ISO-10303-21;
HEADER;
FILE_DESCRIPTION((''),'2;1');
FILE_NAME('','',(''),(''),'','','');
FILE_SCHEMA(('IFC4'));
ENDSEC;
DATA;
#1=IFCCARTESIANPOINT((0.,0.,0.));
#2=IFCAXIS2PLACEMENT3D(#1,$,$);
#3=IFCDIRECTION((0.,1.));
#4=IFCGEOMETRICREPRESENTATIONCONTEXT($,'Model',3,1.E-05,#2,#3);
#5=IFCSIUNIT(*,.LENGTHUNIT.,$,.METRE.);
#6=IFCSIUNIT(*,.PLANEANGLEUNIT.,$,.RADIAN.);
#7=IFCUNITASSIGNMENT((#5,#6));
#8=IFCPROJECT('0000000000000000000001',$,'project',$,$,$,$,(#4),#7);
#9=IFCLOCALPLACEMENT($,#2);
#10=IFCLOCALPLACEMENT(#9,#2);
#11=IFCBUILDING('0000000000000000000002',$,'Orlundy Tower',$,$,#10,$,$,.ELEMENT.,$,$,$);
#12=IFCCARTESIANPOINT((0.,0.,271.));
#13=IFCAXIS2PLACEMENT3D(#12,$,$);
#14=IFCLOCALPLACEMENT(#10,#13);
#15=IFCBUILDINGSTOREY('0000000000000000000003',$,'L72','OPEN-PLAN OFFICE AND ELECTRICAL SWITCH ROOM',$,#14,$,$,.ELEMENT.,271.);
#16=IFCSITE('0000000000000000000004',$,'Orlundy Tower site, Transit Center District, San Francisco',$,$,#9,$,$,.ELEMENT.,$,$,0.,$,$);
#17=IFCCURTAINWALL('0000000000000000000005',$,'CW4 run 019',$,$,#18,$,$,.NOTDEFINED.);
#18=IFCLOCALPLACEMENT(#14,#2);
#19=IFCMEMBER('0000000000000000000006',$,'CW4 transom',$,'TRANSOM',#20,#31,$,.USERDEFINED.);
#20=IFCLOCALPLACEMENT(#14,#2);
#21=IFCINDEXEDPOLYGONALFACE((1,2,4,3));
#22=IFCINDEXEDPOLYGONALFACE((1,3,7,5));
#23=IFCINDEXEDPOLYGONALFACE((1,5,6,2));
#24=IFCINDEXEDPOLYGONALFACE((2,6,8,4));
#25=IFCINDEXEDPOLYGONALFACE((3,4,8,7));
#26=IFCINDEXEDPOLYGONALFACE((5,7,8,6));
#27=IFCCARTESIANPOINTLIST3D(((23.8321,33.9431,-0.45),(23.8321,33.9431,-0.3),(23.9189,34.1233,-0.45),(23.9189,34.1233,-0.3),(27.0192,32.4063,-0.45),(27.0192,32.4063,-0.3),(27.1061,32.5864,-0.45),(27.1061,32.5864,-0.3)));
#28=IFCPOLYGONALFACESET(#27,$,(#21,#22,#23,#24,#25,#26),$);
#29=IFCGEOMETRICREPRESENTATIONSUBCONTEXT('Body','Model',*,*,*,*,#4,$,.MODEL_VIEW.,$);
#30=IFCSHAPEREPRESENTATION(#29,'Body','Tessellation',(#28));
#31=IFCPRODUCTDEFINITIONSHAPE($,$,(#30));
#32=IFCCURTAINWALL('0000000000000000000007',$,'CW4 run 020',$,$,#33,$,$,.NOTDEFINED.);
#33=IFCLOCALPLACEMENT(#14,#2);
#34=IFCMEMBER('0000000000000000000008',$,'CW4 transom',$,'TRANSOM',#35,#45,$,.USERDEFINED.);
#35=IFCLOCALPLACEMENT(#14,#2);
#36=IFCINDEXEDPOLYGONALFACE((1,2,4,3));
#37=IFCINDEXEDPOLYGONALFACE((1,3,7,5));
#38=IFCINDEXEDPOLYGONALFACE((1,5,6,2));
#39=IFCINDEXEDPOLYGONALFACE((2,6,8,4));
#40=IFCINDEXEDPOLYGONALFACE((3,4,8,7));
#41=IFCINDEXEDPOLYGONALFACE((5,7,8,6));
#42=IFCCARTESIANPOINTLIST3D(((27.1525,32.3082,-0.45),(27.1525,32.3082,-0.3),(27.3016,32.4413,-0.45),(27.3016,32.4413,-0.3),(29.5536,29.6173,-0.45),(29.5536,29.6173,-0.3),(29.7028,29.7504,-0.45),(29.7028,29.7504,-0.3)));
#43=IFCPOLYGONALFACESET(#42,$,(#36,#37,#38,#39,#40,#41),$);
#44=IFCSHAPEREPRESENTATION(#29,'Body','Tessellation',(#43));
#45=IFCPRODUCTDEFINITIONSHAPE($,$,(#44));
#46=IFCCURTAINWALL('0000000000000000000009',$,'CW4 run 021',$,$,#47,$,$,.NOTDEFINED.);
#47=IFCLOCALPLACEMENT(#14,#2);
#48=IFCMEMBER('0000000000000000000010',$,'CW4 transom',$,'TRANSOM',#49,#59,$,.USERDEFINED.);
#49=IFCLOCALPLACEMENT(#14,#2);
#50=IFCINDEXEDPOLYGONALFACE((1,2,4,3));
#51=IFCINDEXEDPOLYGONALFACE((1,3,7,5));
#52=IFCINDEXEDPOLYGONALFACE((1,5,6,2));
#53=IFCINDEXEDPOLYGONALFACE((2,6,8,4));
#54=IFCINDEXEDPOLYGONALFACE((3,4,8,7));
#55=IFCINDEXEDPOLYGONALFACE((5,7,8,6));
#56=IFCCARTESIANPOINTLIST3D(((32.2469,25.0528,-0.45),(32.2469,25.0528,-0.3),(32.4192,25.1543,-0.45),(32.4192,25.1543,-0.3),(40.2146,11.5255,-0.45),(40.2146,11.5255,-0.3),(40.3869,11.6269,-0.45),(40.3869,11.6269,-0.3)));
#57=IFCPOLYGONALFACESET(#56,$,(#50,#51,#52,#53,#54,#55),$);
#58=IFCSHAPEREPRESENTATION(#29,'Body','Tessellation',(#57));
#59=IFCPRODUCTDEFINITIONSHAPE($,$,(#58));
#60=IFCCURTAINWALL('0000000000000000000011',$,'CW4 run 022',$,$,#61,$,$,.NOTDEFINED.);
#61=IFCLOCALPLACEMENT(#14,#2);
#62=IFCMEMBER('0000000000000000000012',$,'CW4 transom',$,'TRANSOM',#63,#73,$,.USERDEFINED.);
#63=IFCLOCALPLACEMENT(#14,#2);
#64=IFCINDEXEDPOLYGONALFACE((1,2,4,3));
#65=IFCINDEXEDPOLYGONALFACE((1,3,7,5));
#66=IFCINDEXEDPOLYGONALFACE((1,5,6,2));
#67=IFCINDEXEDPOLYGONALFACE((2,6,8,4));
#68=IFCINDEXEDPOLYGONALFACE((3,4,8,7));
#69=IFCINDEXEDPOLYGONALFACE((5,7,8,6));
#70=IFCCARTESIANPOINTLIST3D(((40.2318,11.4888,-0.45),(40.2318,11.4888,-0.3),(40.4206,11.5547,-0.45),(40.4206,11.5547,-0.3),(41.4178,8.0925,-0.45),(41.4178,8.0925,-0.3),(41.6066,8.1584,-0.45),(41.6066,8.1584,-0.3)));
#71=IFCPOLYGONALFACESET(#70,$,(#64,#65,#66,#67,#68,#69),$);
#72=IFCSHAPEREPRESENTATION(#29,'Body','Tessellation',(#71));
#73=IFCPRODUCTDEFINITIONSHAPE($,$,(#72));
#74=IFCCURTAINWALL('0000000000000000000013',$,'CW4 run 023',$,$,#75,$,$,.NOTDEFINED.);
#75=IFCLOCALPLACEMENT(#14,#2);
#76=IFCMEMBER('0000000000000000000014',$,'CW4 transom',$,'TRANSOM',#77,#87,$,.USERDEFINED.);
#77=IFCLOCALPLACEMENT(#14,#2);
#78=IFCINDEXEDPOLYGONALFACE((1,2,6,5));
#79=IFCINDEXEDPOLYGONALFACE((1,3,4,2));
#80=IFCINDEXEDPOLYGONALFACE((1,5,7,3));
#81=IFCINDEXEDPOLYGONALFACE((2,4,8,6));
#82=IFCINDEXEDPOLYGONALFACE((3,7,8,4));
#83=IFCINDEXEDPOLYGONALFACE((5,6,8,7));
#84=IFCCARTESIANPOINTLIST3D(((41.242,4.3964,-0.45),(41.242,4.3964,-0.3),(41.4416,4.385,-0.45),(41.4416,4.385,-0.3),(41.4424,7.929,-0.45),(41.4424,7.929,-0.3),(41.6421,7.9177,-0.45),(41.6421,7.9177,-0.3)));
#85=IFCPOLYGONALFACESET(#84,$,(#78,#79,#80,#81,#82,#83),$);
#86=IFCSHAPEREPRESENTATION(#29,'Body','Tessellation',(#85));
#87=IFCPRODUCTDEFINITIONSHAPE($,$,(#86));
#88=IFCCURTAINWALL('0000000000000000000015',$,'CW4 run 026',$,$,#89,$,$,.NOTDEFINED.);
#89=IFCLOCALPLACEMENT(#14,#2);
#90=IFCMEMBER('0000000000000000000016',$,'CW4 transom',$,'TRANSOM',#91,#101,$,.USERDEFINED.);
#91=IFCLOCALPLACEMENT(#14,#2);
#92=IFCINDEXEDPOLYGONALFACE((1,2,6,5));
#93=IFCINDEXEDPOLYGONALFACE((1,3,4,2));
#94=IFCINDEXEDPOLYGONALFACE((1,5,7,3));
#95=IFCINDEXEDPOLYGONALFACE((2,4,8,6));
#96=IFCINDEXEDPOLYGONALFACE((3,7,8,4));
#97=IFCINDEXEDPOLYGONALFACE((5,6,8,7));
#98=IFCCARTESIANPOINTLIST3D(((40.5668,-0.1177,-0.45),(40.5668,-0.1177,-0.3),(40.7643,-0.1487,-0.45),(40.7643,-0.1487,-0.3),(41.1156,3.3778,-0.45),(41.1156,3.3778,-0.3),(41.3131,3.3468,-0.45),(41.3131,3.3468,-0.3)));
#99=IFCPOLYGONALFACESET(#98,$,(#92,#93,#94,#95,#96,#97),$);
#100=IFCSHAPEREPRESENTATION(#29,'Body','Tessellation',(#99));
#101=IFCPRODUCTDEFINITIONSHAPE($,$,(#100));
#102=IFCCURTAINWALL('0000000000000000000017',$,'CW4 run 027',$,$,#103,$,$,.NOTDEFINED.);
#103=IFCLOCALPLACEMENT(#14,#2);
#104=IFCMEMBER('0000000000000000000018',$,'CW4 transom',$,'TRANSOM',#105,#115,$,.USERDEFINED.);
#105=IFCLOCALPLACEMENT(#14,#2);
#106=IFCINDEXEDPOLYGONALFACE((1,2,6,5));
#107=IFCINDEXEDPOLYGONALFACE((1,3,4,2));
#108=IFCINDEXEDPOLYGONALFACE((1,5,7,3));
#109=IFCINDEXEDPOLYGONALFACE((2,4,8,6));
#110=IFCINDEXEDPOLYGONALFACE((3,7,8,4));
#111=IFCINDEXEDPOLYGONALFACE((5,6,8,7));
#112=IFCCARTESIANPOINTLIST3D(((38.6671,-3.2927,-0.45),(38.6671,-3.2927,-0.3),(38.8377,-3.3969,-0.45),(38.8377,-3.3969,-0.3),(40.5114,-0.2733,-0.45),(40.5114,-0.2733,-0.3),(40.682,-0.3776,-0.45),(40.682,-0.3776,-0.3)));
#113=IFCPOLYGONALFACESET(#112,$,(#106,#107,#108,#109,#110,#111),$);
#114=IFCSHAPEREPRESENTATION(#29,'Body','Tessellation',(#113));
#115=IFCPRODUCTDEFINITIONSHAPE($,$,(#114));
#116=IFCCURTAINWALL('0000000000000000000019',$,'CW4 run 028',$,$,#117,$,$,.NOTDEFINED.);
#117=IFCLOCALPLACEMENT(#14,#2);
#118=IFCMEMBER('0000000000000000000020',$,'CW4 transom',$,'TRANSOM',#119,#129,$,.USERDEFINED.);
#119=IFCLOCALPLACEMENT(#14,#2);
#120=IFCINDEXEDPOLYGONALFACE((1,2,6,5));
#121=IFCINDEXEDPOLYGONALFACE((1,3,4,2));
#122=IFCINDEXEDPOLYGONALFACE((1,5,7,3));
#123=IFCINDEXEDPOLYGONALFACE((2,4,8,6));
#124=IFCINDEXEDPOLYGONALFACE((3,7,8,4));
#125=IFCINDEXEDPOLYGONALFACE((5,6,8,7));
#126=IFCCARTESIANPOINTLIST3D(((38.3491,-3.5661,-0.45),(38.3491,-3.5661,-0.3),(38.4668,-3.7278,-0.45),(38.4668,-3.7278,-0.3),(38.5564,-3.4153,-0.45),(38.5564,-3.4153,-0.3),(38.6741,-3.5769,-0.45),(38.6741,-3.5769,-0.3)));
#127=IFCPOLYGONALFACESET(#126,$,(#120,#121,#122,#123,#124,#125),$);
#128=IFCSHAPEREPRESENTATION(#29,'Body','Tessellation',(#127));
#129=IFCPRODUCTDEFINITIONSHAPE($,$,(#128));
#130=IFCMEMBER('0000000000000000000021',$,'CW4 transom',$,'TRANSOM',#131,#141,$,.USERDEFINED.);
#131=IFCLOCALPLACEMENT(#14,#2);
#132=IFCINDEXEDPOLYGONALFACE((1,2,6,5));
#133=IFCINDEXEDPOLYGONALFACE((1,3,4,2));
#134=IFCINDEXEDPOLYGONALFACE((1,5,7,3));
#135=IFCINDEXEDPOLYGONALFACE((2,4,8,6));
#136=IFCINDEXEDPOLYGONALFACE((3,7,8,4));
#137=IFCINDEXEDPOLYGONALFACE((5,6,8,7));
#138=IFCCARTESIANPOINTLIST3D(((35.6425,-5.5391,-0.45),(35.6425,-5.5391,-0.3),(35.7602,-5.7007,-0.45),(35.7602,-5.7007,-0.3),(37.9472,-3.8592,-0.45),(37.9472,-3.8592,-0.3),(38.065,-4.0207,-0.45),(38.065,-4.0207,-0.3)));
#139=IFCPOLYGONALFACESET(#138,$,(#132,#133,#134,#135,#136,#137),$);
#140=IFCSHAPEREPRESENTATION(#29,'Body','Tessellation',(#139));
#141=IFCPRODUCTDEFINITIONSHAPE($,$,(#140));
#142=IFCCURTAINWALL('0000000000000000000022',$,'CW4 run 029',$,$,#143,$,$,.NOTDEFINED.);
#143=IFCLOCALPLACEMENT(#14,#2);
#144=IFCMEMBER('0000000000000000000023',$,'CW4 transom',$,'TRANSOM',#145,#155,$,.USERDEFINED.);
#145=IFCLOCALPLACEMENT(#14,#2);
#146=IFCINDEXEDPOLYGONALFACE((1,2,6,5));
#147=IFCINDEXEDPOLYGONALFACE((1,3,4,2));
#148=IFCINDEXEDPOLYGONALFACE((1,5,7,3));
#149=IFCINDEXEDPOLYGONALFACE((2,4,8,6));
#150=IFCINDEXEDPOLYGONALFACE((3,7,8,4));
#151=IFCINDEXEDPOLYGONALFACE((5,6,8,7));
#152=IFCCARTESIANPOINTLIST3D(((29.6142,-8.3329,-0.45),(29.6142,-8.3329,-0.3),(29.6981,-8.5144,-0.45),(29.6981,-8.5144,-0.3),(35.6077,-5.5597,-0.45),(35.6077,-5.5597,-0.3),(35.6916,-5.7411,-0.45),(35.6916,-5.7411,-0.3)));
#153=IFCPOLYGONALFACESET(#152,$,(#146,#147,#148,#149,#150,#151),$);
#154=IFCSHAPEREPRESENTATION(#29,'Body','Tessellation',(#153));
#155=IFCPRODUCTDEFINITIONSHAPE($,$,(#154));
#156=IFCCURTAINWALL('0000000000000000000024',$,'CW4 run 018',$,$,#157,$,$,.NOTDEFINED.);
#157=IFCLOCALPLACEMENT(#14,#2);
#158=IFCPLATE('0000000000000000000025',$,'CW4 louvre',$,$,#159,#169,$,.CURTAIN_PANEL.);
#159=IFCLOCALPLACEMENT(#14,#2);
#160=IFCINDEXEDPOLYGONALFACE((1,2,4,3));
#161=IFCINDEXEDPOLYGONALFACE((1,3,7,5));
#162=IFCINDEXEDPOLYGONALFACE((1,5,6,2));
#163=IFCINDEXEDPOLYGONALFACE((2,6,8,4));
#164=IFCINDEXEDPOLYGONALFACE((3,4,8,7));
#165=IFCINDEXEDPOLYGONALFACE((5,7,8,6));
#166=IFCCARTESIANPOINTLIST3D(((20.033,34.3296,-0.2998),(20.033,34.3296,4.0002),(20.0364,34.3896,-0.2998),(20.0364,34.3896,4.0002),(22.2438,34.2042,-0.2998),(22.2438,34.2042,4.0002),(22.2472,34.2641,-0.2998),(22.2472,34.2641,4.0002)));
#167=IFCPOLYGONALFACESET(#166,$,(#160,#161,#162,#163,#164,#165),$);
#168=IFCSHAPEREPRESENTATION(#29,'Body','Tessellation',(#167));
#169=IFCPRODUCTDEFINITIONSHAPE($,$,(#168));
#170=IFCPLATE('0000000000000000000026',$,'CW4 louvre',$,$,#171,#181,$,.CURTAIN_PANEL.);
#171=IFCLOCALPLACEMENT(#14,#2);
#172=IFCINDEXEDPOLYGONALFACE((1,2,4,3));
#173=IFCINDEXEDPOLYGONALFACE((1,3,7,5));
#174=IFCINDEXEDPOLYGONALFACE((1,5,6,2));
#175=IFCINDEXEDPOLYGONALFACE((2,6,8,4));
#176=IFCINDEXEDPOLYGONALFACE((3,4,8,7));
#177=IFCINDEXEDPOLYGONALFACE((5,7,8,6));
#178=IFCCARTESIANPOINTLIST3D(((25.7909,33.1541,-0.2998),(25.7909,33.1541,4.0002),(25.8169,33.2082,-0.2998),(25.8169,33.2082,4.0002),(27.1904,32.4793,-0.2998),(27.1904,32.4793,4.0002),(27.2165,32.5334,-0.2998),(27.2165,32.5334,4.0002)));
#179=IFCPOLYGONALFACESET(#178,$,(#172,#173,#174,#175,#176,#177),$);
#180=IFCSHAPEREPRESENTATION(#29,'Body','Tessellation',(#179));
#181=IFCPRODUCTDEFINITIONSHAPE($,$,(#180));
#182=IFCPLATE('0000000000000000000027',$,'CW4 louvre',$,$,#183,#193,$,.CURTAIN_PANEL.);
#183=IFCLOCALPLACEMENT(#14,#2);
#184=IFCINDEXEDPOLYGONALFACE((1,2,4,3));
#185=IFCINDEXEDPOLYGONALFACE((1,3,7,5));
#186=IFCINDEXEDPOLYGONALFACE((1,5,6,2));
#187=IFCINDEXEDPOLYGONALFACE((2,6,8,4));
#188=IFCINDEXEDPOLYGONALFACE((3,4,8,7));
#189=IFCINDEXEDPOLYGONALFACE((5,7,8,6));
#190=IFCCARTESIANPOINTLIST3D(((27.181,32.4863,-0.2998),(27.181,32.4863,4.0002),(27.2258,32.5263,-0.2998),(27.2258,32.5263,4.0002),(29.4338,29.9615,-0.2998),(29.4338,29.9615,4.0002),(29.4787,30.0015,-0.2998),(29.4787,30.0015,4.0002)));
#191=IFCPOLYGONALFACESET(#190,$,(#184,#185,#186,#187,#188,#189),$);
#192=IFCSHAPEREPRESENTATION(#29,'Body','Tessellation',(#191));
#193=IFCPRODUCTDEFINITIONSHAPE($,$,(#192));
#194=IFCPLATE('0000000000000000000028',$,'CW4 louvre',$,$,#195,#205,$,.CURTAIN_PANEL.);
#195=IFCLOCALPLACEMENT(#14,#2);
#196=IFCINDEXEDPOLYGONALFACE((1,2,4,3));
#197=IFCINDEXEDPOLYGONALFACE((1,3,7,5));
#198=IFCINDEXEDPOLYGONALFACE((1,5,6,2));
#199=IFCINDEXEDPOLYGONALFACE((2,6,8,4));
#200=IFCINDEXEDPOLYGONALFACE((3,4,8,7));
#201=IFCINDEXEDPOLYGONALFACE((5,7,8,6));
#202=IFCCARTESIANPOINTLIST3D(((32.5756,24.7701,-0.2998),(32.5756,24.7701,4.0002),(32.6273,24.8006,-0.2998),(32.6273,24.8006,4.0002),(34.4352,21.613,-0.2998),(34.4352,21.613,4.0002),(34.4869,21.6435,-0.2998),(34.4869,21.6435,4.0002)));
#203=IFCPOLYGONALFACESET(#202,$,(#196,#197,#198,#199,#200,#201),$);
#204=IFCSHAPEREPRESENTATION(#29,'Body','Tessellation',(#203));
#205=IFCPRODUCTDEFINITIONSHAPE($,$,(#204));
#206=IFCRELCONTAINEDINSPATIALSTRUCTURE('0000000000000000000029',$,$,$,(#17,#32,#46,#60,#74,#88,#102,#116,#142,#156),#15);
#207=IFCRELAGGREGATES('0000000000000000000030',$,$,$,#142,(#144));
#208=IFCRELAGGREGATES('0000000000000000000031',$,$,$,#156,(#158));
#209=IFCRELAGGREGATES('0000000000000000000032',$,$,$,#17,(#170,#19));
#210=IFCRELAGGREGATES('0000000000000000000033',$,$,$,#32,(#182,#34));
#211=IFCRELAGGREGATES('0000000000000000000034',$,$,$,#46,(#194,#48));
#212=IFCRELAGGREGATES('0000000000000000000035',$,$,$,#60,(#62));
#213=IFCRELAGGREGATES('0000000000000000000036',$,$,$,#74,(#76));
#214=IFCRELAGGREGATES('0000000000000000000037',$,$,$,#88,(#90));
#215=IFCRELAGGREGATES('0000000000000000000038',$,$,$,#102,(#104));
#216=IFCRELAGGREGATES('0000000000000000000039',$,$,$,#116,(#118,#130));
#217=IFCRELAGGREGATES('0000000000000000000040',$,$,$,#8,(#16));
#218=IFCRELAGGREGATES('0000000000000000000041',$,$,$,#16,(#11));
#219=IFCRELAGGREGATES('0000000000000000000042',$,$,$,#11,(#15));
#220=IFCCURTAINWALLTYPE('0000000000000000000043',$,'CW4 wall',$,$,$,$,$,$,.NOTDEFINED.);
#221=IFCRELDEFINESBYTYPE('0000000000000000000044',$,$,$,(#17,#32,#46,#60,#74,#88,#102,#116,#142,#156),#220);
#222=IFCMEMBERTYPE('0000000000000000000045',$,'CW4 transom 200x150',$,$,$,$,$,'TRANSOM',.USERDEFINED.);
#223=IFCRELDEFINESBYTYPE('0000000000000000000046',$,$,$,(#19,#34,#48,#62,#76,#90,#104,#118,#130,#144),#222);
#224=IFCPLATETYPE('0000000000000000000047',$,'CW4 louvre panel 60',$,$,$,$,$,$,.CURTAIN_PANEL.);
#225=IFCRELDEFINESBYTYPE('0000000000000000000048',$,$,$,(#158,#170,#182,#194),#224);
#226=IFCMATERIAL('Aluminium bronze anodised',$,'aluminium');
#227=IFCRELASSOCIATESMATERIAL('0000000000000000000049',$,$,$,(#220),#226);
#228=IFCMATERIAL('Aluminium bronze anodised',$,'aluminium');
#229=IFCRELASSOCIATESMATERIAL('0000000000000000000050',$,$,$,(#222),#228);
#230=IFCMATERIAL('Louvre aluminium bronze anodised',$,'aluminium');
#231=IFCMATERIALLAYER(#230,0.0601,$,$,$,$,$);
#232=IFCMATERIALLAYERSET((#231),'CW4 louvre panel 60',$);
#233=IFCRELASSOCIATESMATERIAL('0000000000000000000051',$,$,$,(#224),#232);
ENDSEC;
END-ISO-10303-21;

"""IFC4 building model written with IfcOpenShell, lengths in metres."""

from ifc_helpers import new_model, si_unit, direction, frame, origin, origin_2d, place, context, subcontext, project, spatial, rectangle, extrude, material, layer, layer_set, material_profile, profile_set, type_object, element, aggregate, save


model = new_model("IFC4")

# Units and contexts
model_context = context("Model", 3, precision=1e-05, world=origin(), true_north=direction((0.0, 1.0)))
body_context = subcontext(model_context, "Body", "Model", "MODEL_VIEW")
ifc_project = project(units=[si_unit("LENGTHUNIT", "METRE"), si_unit("PLANEANGLEUNIT", "RADIAN")], contexts=[model_context])

# Site, building, storey
site_placement = place(None, origin())
site = spatial("IfcSite", under=ifc_project, at=site_placement, Name="Orlundy Tower site, Transit Center District, San Francisco", CompositionType="ELEMENT", RefElevation=0.0)
building_placement = place(site_placement, origin())
building = spatial("IfcBuilding", under=site, at=building_placement, Name="Orlundy Tower", CompositionType="ELEMENT")
storey_placement = place(building_placement, frame((0.0, 0.0, 271.0)))
storey = spatial("IfcBuildingStorey", under=building, at=storey_placement, Name="L72", Description="OPEN-PLAN OFFICE AND ELECTRICAL SWITCH ROOM", CompositionType="ELEMENT", Elevation=271.0)

# Curtain walls, members
ifc_material_1 = material(Name="Aluminium bronze anodised", Category="aluminium")
curtain_wall_type = type_object("IfcCurtainWallType", Name="CW4 wall", PredefinedType="NOTDEFINED", material=ifc_material_1)
curtain_wall_1_placement = place(storey_placement, origin())
curtain_wall_1 = element("IfcCurtainWall", 1, at=curtain_wall_1_placement, inside=storey, type_object=curtain_wall_type, Name="CW4 run 019", PredefinedType="NOTDEFINED")
ifc_material_2 = material(Name="Aluminium bronze anodised", Category="aluminium")
ifc_material_profile = material_profile(ifc_material_2, rectangle(XDim=0.2, YDim=0.1499, at=origin_2d()), Name="CW4 transom 200x150")
ifc_profile_set = profile_set([ifc_material_profile], Name="Aluminium bronze anodised")
member_type = type_object("IfcMemberType", Name="CW4 transom 200x150", ElementType="TRANSOM", PredefinedType="USERDEFINED", material=ifc_profile_set)
member_1_placement = place(storey_placement, frame((23.8755, 34.0332, -0.375), z_axis=(0.900752, -0.434334, 0.0), x_axis=(0.434334, 0.900752, 0.0)))
member_1 = element("IfcMember", 2, at=member_1_placement, type_object=member_type, Name="CW4 transom", ObjectType="TRANSOM", PredefinedType="USERDEFINED", context=body_context, shape_type="SweptSolid", body=[
    extrude(rectangle(XDim=0.2, YDim=0.1499, at=origin_2d()), origin(), (0.0, 0.0, 1.0), 3.5383),
])
curtain_wall_2_placement = place(storey_placement, origin())
curtain_wall_2 = element("IfcCurtainWall", 3, at=curtain_wall_2_placement, inside=storey, type_object=curtain_wall_type, Name="CW4 run 020", PredefinedType="NOTDEFINED")
member_2_placement = place(storey_placement, frame((27.2271, 32.3748, -0.375), z_axis=(0.665787, -0.746142, 0.0), x_axis=(0.746142, 0.665787, 0.0)))
member_2 = element("IfcMember", 4, at=member_2_placement, type_object=member_type, Name="CW4 transom", ObjectType="TRANSOM", PredefinedType="USERDEFINED", context=body_context, shape_type="SweptSolid", body=[
    extrude(rectangle(XDim=0.2, YDim=0.1499, at=origin_2d()), origin(), (0.0, 0.0, 1.0), 3.6064),
])
curtain_wall_3_placement = place(storey_placement, origin())
curtain_wall_3 = element("IfcCurtainWall", 5, at=curtain_wall_3_placement, inside=storey, type_object=curtain_wall_type, Name="CW4 run 021", PredefinedType="NOTDEFINED")
member_3_placement = place(storey_placement, frame((32.333, 25.1035, -0.375), z_axis=(0.507518, -0.861641, 0.0), x_axis=(0.861641, 0.507518, 0.0)))
member_3 = element("IfcMember", 6, at=member_3_placement, type_object=member_type, Name="CW4 transom", ObjectType="TRANSOM", PredefinedType="USERDEFINED", context=body_context, shape_type="SweptSolid", body=[
    extrude(rectangle(XDim=0.2, YDim=0.1499, at=origin_2d()), origin(), (0.0, 0.0, 1.0), 15.6995),
])
curtain_wall_4_placement = place(storey_placement, origin())
curtain_wall_4 = element("IfcCurtainWall", 7, at=curtain_wall_4_placement, inside=storey, type_object=curtain_wall_type, Name="CW4 run 022", PredefinedType="NOTDEFINED")
member_4_placement = place(storey_placement, frame((40.3262, 11.5217, -0.375), z_axis=(0.329694, -0.944088, 0.0), x_axis=(0.944088, 0.329694, 0.0)))
member_4 = element("IfcMember", 8, at=member_4_placement, type_object=member_type, Name="CW4 transom", ObjectType="TRANSOM", PredefinedType="USERDEFINED", context=body_context, shape_type="SweptSolid", body=[
    extrude(rectangle(XDim=0.2, YDim=0.1499, at=origin_2d()), origin(), (0.0, 0.0, 1.0), 3.5974),
])
curtain_wall_5_placement = place(storey_placement, origin())
curtain_wall_5 = element("IfcCurtainWall", 9, at=curtain_wall_5_placement, inside=storey, type_object=curtain_wall_type, Name="CW4 run 023", PredefinedType="NOTDEFINED")
member_5_placement = place(storey_placement, frame((41.5422, 7.9233, -0.375), z_axis=(-0.056647, -0.998394, 0.0), x_axis=(0.998394, -0.056647, 0.0)))
member_5 = element("IfcMember", 10, at=member_5_placement, type_object=member_type, Name="CW4 transom", ObjectType="TRANSOM", PredefinedType="USERDEFINED", context=body_context, shape_type="SweptSolid", body=[
    extrude(rectangle(XDim=0.2, YDim=0.1499, at=origin_2d()), origin(), (0.0, 0.0, 1.0), 3.5383),
])
curtain_wall_6_placement = place(storey_placement, origin())
curtain_wall_6 = element("IfcCurtainWall", 11, at=curtain_wall_6_placement, inside=storey, type_object=curtain_wall_type, Name="CW4 run 026", PredefinedType="NOTDEFINED")
member_6_placement = place(storey_placement, frame((41.2144, 3.3623, -0.375), z_axis=(-0.155105, -0.987898, 0.0), x_axis=(0.987898, -0.155105, 0.0)))
member_6 = element("IfcMember", 12, at=member_6_placement, type_object=member_type, Name="CW4 transom", ObjectType="TRANSOM", PredefinedType="USERDEFINED", context=body_context, shape_type="SweptSolid", body=[
    extrude(rectangle(XDim=0.2, YDim=0.1499, at=origin_2d()), origin(), (0.0, 0.0, 1.0), 3.5383),
])
curtain_wall_7_placement = place(storey_placement, origin())
curtain_wall_7 = element("IfcCurtainWall", 13, at=curtain_wall_7_placement, inside=storey, type_object=curtain_wall_type, Name="CW4 run 027", PredefinedType="NOTDEFINED")
member_7_placement = place(storey_placement, frame((40.5967, -0.3254, -0.375), z_axis=(-0.521269, -0.853393, 0.0), x_axis=(0.853393, -0.521269, 0.0)))
member_7 = element("IfcMember", 14, at=member_7_placement, type_object=member_type, Name="CW4 transom", ObjectType="TRANSOM", PredefinedType="USERDEFINED", context=body_context, shape_type="SweptSolid", body=[
    extrude(rectangle(XDim=0.2, YDim=0.1499, at=origin_2d()), origin(), (0.0, 0.0, 1.0), 3.5381),
])

# Curtain wall, members
curtain_wall_8_placement = place(storey_placement, origin())
curtain_wall_8 = element("IfcCurtainWall", 15, at=curtain_wall_8_placement, inside=storey, type_object=curtain_wall_type, Name="CW4 run 028", PredefinedType="NOTDEFINED")
member_8_placement = place(storey_placement, frame((38.6152, -3.4961, -0.375), z_axis=(-0.808489, -0.588511, 0.0), x_axis=(0.588511, -0.808489, 0.0)))
member_8 = element("IfcMember", 16, at=member_8_placement, type_object=member_type, Name="CW4 transom", ObjectType="TRANSOM", PredefinedType="USERDEFINED", context=body_context, shape_type="SweptSolid", body=[
    extrude(rectangle(XDim=0.2, YDim=0.1499, at=origin_2d()), origin(), (0.0, 0.0, 1.0), 0.2563),
])
member_9_placement = place(storey_placement, frame((38.0061, -3.9399, -0.375), z_axis=(-0.808103, -0.589042, 0.0), x_axis=(0.589042, -0.808103, 0.0)))
member_9 = element("IfcMember", 17, at=member_9_placement, type_object=member_type, Name="CW4 transom", ObjectType="TRANSOM", PredefinedType="USERDEFINED", context=body_context, shape_type="SweptSolid", body=[
    extrude(rectangle(XDim=0.2, YDim=0.1499, at=origin_2d()), origin(), (0.0, 0.0, 1.0), 2.8521),
])

# Curtain wall, member
curtain_wall_9_placement = place(storey_placement, origin())
curtain_wall_9 = element("IfcCurtainWall", 18, at=curtain_wall_9_placement, inside=storey, type_object=curtain_wall_type, Name="CW4 run 029", PredefinedType="NOTDEFINED")
member_10_placement = place(storey_placement, frame((35.6497, -5.6504, -0.375), z_axis=(-0.907555, -0.419932, 0.0), x_axis=(0.419932, -0.907555, 0.0)))
member_10 = element("IfcMember", 19, at=member_10_placement, type_object=member_type, Name="CW4 transom", ObjectType="TRANSOM", PredefinedType="USERDEFINED", context=body_context, shape_type="SweptSolid", body=[
    extrude(rectangle(XDim=0.2, YDim=0.1499, at=origin_2d()), origin(), (0.0, 0.0, 1.0), 6.604),
])
aggregate(curtain_wall_9, [member_10])

# Curtain wall, plate
curtain_wall_10_placement = place(storey_placement, origin())
curtain_wall_10 = element("IfcCurtainWall", 20, at=curtain_wall_10_placement, inside=storey, type_object=curtain_wall_type, Name="CW4 run 018", PredefinedType="NOTDEFINED")
ifc_material_3 = material(Name="Louvre aluminium bronze anodised", Category="aluminium")
ifc_layer = layer(ifc_material_3, 0.0601)
ifc_layer_set = layer_set([ifc_layer], Name="CW4 louvre panel 60")
plate_type = type_object("IfcPlateType", Name="CW4 louvre panel 60", PredefinedType="CURTAIN_PANEL", material=ifc_layer_set)
plate_1_placement = place(storey_placement, frame((21.1401, 34.2969, -0.2998), z_axis=(0.0, 0.0, 1.0), x_axis=(0.998394, -0.05665, 0.0)))
plate_1 = element("IfcPlate", 21, at=plate_1_placement, type_object=plate_type, Name="CW4 louvre", PredefinedType="CURTAIN_PANEL", context=body_context, shape_type="SweptSolid", body=[
    extrude(rectangle(XDim=2.2144, YDim=0.0601, at=origin_2d()), origin(), (0.0, 0.0, 1.0), 4.3),
])
aggregate(curtain_wall_10, [plate_1])

# Plates
plate_2_placement = place(storey_placement, frame((26.5037, 32.8438, -0.2998), z_axis=(0.0, 0.0, 1.0), x_axis=(0.900755, -0.434327, 0.0)))
plate_2 = element("IfcPlate", 22, at=plate_2_placement, type_object=plate_type, Name="CW4 louvre", PredefinedType="CURTAIN_PANEL", context=body_context, shape_type="SweptSolid", body=[
    extrude(rectangle(XDim=1.5537, YDim=0.0601, at=origin_2d()), origin(), (0.0, 0.0, 1.0), 4.3),
])
aggregate(curtain_wall_1, [plate_2, member_1])
plate_3_placement = place(storey_placement, frame((28.3298, 31.2439, -0.2998), z_axis=(0.0, 0.0, 1.0), x_axis=(0.665769, -0.746158, 0.0)))
plate_3 = element("IfcPlate", 23, at=plate_3_placement, type_object=plate_type, Name="CW4 louvre", PredefinedType="CURTAIN_PANEL", context=body_context, shape_type="SweptSolid", body=[
    extrude(rectangle(XDim=3.3838, YDim=0.0601, at=origin_2d()), origin(), (0.0, 0.0, 1.0), 4.3),
])
aggregate(curtain_wall_2, [plate_3, member_2])
plate_4_placement = place(storey_placement, frame((33.5312, 23.2068, -0.2998), z_axis=(0.0, 0.0, 1.0), x_axis=(0.507532, -0.861633, 0.0)))
plate_4 = element("IfcPlate", 24, at=plate_4_placement, type_object=plate_type, Name="CW4 louvre", PredefinedType="CURTAIN_PANEL", context=body_context, shape_type="SweptSolid", body=[
    extrude(rectangle(XDim=3.6641, YDim=0.0601, at=origin_2d()), origin(), (0.0, 0.0, 1.0), 4.3),
])
aggregate(curtain_wall_3, [plate_4, member_3])
aggregate(curtain_wall_4, [member_4])
aggregate(curtain_wall_5, [member_5])
aggregate(curtain_wall_6, [member_6])
aggregate(curtain_wall_7, [member_7])
aggregate(curtain_wall_8, [member_8, member_9])

save(model, "model.ifc")
